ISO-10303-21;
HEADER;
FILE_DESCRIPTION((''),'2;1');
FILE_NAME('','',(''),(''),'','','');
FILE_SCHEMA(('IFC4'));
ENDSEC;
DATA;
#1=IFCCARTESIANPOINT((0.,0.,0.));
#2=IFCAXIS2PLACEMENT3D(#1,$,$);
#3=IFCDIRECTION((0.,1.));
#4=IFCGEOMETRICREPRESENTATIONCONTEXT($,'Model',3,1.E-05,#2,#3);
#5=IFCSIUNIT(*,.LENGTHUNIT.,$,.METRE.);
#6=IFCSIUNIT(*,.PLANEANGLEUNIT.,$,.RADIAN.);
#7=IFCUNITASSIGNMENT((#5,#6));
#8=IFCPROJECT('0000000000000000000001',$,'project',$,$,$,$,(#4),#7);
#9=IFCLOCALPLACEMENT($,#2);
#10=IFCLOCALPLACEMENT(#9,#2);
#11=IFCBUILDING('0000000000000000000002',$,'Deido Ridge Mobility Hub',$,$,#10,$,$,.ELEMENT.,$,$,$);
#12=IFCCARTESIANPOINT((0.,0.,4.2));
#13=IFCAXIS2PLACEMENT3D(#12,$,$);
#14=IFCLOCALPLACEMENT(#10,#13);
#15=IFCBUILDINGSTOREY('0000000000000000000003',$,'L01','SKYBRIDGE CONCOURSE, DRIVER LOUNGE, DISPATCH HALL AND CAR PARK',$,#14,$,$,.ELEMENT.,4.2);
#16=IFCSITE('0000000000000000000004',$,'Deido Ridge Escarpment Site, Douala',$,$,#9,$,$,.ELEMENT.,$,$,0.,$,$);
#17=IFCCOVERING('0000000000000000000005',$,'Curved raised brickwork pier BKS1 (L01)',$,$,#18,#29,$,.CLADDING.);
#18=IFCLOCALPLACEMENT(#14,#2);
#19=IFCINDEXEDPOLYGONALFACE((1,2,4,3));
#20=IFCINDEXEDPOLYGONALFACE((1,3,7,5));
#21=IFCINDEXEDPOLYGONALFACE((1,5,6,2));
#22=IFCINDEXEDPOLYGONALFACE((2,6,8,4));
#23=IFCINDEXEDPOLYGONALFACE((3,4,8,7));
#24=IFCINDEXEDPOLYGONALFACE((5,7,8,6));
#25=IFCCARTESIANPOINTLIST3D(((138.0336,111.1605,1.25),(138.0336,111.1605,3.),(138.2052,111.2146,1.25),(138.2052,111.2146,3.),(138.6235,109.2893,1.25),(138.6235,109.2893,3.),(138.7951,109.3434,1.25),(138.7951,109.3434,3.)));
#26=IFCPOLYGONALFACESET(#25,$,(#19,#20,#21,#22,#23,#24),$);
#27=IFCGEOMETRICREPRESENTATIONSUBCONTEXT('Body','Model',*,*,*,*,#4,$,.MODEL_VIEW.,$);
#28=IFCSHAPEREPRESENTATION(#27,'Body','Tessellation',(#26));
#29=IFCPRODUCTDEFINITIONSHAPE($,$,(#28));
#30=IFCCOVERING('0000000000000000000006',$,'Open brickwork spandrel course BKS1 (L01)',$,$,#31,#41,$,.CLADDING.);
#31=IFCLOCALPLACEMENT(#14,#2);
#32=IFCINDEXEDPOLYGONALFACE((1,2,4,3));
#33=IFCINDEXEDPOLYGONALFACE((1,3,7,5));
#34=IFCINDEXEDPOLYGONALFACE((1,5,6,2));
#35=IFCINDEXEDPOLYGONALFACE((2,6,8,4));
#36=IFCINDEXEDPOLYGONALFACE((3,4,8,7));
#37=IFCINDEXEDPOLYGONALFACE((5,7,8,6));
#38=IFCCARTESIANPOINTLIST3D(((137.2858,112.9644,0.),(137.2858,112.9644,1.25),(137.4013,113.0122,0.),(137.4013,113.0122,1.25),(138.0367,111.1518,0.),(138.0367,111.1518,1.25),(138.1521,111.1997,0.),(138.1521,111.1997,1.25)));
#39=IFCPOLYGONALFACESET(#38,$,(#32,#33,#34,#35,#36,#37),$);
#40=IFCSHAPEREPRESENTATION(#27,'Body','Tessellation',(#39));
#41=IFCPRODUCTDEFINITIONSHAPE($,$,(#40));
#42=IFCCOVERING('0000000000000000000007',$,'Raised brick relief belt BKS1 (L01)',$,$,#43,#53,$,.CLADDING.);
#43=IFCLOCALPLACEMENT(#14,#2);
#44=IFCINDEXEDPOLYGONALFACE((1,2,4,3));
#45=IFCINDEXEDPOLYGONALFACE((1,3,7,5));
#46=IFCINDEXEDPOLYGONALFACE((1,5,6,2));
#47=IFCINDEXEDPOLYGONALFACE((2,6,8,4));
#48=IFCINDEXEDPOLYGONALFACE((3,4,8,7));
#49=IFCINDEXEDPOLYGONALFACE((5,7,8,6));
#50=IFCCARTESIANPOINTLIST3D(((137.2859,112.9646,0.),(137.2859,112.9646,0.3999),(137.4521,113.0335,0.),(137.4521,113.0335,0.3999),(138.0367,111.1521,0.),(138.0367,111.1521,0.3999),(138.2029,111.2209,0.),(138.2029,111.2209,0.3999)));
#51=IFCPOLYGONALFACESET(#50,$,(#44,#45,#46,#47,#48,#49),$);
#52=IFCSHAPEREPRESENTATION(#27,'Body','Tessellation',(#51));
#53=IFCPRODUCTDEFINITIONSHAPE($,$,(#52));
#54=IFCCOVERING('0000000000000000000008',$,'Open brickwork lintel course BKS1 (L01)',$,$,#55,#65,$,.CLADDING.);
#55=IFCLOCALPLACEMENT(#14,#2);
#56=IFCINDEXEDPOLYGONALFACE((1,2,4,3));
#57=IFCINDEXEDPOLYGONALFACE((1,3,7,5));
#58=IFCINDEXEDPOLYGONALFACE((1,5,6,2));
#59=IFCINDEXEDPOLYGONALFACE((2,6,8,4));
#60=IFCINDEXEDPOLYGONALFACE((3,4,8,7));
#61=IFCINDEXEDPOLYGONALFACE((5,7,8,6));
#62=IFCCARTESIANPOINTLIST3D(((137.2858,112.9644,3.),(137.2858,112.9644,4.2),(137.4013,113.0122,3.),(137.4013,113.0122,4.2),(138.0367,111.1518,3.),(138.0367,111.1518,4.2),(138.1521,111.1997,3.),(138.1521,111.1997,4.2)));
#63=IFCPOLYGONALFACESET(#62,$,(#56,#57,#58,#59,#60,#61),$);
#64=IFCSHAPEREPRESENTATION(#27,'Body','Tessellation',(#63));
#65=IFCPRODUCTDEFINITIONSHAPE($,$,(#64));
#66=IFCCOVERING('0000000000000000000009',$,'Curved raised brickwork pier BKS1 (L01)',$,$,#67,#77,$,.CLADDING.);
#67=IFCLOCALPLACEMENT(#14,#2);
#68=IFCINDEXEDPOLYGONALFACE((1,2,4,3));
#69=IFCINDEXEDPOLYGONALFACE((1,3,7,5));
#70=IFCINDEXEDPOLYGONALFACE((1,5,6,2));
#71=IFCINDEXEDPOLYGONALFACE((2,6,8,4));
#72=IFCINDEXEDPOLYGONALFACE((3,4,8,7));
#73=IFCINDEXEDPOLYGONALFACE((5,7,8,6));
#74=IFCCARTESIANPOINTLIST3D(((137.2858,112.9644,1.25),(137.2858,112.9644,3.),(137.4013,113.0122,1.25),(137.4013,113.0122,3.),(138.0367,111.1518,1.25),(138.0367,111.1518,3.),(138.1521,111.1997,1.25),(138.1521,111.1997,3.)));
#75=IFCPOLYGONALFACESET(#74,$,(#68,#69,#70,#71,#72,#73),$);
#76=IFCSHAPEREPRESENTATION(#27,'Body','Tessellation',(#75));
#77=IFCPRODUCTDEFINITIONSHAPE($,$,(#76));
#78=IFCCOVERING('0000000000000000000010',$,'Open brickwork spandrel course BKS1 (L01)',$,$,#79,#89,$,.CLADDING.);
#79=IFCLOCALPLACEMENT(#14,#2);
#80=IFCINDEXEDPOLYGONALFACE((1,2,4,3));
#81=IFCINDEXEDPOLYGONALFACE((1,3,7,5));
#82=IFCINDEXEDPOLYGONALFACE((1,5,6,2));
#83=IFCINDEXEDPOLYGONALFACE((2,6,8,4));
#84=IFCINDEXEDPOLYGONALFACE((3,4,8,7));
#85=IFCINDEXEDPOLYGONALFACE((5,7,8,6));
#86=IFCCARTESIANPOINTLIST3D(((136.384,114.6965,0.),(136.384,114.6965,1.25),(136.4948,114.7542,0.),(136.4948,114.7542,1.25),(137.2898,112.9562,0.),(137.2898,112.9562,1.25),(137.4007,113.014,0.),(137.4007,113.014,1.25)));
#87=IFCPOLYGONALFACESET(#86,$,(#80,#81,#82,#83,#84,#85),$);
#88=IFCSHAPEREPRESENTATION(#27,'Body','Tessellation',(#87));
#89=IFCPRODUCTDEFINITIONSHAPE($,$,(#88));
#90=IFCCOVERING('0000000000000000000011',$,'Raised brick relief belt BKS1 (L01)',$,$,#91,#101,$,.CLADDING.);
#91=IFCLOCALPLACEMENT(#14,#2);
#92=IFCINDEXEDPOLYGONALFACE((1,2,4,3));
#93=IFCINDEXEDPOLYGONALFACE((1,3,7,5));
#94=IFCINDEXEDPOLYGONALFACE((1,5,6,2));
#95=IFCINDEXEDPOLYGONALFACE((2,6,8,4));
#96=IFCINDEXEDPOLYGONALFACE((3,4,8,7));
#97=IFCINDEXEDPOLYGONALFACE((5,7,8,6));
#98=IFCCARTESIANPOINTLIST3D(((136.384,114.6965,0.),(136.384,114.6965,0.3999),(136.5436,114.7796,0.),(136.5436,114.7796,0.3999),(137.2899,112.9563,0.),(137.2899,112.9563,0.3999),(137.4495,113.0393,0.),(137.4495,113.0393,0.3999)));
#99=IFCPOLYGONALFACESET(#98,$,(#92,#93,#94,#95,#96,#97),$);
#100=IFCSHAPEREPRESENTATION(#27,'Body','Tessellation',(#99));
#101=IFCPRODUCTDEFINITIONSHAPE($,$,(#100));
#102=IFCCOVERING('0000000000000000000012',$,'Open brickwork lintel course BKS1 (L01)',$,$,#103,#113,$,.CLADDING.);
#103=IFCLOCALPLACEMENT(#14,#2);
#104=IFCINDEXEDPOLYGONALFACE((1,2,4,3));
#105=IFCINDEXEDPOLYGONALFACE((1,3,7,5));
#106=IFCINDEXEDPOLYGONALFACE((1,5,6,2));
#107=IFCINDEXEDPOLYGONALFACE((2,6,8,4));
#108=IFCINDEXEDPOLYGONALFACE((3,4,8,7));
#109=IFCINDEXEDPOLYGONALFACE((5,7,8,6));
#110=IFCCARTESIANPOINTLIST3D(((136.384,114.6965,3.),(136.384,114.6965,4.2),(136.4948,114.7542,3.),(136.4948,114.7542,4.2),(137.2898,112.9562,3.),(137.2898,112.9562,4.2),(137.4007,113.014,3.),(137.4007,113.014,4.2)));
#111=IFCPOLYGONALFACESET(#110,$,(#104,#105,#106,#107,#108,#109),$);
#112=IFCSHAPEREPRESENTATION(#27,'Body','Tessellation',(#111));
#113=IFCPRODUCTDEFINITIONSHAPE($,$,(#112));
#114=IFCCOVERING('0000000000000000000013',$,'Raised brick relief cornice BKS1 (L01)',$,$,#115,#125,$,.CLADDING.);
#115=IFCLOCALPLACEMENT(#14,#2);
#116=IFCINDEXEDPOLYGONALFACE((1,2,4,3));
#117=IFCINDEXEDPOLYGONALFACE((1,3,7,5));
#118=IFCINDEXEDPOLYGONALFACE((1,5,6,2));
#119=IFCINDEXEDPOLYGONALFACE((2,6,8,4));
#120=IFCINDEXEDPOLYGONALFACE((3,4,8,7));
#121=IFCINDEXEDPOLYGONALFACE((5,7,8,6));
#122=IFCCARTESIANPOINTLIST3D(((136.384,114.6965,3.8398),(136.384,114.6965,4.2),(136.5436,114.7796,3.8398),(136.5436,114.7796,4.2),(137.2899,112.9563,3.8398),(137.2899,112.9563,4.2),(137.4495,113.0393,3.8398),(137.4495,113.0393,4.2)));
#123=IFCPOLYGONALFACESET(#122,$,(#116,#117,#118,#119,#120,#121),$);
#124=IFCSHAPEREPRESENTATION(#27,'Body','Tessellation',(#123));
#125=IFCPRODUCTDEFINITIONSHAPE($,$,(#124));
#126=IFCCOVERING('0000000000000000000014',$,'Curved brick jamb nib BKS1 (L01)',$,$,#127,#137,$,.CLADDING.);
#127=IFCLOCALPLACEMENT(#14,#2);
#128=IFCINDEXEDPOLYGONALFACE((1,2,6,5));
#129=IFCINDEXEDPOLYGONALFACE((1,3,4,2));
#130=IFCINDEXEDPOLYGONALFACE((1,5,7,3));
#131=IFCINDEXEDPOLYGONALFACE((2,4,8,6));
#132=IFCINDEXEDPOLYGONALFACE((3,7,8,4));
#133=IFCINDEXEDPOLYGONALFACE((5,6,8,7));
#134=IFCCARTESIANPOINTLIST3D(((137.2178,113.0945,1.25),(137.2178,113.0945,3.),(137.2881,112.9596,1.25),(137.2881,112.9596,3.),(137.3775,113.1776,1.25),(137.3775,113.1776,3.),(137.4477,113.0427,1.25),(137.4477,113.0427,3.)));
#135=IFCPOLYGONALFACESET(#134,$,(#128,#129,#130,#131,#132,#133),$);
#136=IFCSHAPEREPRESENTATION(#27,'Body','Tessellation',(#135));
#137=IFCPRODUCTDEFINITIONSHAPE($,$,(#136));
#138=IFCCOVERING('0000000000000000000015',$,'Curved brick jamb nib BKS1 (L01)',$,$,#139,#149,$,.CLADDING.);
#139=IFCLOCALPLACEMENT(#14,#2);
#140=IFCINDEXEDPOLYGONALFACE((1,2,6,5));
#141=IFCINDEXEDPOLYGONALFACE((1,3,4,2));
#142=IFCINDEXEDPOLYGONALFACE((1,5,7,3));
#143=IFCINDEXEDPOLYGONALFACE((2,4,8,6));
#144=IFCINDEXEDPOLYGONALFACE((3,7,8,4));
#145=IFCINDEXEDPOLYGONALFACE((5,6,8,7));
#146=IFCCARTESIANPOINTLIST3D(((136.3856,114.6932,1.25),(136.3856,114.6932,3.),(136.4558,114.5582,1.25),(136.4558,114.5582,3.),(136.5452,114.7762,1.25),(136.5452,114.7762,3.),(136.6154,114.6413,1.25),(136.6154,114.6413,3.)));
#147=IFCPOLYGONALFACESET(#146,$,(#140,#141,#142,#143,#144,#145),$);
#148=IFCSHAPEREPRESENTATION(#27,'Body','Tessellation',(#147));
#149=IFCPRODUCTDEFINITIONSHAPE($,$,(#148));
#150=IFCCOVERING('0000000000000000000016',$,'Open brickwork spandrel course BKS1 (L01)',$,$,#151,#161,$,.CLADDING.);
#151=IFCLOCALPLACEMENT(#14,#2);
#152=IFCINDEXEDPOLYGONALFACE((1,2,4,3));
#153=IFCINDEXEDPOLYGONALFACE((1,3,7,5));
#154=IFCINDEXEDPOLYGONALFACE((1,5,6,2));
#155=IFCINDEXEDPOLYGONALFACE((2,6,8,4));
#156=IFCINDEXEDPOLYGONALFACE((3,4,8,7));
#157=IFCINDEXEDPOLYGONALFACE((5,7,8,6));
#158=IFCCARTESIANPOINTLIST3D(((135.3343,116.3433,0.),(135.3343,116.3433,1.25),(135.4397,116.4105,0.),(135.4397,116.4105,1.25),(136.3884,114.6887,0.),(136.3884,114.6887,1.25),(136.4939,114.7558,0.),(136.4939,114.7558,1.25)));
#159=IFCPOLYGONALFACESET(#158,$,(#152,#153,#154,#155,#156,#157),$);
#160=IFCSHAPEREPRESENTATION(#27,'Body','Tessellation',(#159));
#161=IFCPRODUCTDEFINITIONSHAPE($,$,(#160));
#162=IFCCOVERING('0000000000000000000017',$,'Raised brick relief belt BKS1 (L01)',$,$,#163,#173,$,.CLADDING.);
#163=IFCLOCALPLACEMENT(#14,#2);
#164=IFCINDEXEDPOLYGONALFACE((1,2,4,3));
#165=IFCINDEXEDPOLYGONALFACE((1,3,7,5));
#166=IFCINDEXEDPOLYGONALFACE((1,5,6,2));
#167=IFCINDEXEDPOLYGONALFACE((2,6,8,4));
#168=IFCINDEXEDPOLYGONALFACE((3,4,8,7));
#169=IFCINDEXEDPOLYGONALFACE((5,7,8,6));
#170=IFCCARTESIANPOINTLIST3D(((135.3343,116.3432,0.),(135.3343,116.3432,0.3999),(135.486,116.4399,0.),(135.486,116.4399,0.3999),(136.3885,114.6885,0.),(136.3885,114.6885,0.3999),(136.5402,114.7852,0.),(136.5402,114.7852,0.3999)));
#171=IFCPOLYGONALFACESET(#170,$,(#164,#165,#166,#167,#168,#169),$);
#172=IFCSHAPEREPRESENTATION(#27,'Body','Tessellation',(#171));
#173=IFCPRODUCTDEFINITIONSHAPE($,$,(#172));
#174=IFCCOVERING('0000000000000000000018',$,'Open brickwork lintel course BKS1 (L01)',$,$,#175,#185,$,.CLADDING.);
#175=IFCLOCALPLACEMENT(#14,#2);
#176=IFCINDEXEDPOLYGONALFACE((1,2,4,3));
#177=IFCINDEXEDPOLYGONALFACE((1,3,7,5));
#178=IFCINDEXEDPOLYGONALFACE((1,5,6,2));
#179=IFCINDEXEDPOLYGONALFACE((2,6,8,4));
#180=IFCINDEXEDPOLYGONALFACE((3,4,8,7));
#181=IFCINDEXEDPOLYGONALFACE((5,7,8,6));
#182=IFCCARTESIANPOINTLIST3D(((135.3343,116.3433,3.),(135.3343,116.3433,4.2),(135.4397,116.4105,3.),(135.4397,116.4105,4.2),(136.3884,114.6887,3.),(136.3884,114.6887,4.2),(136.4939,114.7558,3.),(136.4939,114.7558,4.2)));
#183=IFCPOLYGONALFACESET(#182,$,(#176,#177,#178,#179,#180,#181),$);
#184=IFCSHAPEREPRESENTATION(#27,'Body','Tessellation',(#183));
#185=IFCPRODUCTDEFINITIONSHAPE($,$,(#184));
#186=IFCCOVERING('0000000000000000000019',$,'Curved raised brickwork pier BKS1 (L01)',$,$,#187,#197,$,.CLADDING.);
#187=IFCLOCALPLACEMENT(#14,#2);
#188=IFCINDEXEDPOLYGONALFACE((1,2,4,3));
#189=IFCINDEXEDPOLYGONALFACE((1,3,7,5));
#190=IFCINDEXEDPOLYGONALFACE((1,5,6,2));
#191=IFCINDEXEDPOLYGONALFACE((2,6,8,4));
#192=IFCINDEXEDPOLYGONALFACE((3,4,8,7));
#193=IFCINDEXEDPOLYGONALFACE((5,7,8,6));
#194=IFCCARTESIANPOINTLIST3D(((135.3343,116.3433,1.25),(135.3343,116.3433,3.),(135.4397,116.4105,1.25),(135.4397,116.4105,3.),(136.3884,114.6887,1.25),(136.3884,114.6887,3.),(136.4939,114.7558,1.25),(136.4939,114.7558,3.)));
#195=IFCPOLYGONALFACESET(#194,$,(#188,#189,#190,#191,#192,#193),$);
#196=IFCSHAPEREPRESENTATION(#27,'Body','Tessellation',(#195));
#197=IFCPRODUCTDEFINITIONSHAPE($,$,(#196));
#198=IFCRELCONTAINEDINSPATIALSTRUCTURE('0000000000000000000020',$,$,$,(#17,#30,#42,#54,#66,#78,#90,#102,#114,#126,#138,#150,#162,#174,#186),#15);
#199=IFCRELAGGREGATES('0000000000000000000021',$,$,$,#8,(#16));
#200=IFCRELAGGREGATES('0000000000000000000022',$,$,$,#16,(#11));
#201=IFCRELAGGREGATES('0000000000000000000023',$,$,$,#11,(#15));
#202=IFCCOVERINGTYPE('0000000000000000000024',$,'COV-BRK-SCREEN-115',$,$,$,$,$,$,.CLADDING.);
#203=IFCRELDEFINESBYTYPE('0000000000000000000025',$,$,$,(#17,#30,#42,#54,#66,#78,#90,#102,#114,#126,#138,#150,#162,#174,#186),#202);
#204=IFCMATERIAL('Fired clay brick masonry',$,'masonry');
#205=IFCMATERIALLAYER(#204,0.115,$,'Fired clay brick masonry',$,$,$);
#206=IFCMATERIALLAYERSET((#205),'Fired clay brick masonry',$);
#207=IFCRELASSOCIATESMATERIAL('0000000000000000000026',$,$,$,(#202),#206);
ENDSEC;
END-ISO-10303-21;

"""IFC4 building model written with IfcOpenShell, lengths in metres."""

from ifc_helpers import new_model, si_unit, direction, frame, origin, origin_2d, place, context, subcontext, project, spatial, rectangle, extrude, material, layer, layer_set, type_object, element, save


model = new_model("IFC4")

# Units and contexts
model_context = context("Model", 3, precision=1e-05, world=origin(), true_north=direction((0.0, 1.0)))
body_context = subcontext(model_context, "Body", "Model", "MODEL_VIEW")
ifc_project = project(units=[si_unit("LENGTHUNIT", "METRE"), si_unit("PLANEANGLEUNIT", "RADIAN")], contexts=[model_context])

# Site, building, storey
site_placement = place(None, origin())
site = spatial("IfcSite", under=ifc_project, at=site_placement, Name="Deido Ridge Escarpment Site, Douala", CompositionType="ELEMENT", RefElevation=0.0)
building_placement = place(site_placement, origin())
building = spatial("IfcBuilding", under=site, at=building_placement, Name="Deido Ridge Mobility Hub", CompositionType="ELEMENT")
storey_placement = place(building_placement, frame((0.0, 0.0, 4.2)))
storey = spatial("IfcBuildingStorey", under=building, at=storey_placement, Name="L01", Description="SKYBRIDGE CONCOURSE, DRIVER LOUNGE, DISPATCH HALL AND CAR PARK", CompositionType="ELEMENT", Elevation=4.2)

# Coverings
ifc_material_1 = material(Name="Fired clay brick masonry", Category="masonry")
ifc_layer = layer(ifc_material_1, 0.115, Name="Fired clay brick masonry")
ifc_layer_set = layer_set([ifc_layer], Name="Fired clay brick masonry")
covering_type = type_object("IfcCoveringType", Name="COV-BRK-SCREEN-115", PredefinedType="CLADDING", material=ifc_layer_set)
covering_1_placement = place(storey_placement, frame((138.4143, 110.252, 1.25), z_axis=(0.0, 0.0, 1.0), x_axis=(-0.300673, 0.953727, 0.0)))
element("IfcCovering", 1, at=covering_1_placement, inside=storey, type_object=covering_type, Name="Curved raised brickwork pier BKS1 (L01)", PredefinedType="CLADDING", context=body_context, shape_type="SweptSolid", body=[
    extrude(rectangle(XDim=1.9619, YDim=0.1799, at=origin_2d()), origin(), (0.0, 0.0, 1.0), 1.75),
])
covering_2_placement = place(storey_placement, frame((137.719, 112.082, 0.0), z_axis=(0.0, 0.0, 1.0), x_axis=(-0.3827, 0.923873, 0.0)))
element("IfcCovering", 2, at=covering_2_placement, inside=storey, type_object=covering_type, Name="Open brickwork spandrel course BKS1 (L01)", PredefinedType="CLADDING", context=body_context, shape_type="SweptSolid", body=[
    extrude(rectangle(XDim=1.9619, YDim=0.125, at=origin_2d()), origin(), (0.0, 0.0, 1.0), 1.25),
])
covering_3_placement = place(storey_placement, frame((137.7444, 112.0928, 0.0), z_axis=(0.0, 0.0, 1.0), x_axis=(-0.3827, 0.923873, 0.0)))
element("IfcCovering", 3, at=covering_3_placement, inside=storey, type_object=covering_type, Name="Raised brick relief belt BKS1 (L01)", PredefinedType="CLADDING", context=body_context, shape_type="SweptSolid", body=[
    extrude(rectangle(XDim=1.9619, YDim=0.1799, at=origin_2d()), origin(), (0.0, 0.0, 1.0), 0.3999),
])
covering_4_placement = place(storey_placement, frame((137.719, 112.082, 3.0), z_axis=(0.0, 0.0, 1.0), x_axis=(-0.3827, 0.923873, 0.0)))
element("IfcCovering", 4, at=covering_4_placement, inside=storey, type_object=covering_type, Name="Open brickwork lintel course BKS1 (L01)", PredefinedType="CLADDING", context=body_context, shape_type="SweptSolid", body=[
    extrude(rectangle(XDim=1.9619, YDim=0.125, at=origin_2d()), origin(), (0.0, 0.0, 1.0), 1.2),
])
covering_5_placement = place(storey_placement, frame((137.719, 112.082, 1.25), z_axis=(0.0, 0.0, 1.0), x_axis=(-0.3827, 0.923873, 0.0)))
element("IfcCovering", 5, at=covering_5_placement, inside=storey, type_object=covering_type, Name="Curved raised brickwork pier BKS1 (L01)", PredefinedType="CLADDING", context=body_context, shape_type="SweptSolid", body=[
    extrude(rectangle(XDim=1.9619, YDim=0.125, at=origin_2d()), origin(), (0.0, 0.0, 1.0), 1.75),
])
covering_6_placement = place(storey_placement, frame((136.8923, 113.8552, 0.0), z_axis=(0.0, 0.0, 1.0), x_axis=(-0.461733, 0.887019, 0.0)))
element("IfcCovering", 6, at=covering_6_placement, inside=storey, type_object=covering_type, Name="Open brickwork spandrel course BKS1 (L01)", PredefinedType="CLADDING", context=body_context, shape_type="SweptSolid", body=[
    extrude(rectangle(XDim=1.9619, YDim=0.125, at=origin_2d()), origin(), (0.0, 0.0, 1.0), 1.25),
])
covering_7_placement = place(storey_placement, frame((136.9167, 113.8679, 0.0), z_axis=(0.0, 0.0, 1.0), x_axis=(-0.461733, 0.887019, 0.0)))
element("IfcCovering", 7, at=covering_7_placement, inside=storey, type_object=covering_type, Name="Raised brick relief belt BKS1 (L01)", PredefinedType="CLADDING", context=body_context, shape_type="SweptSolid", body=[
    extrude(rectangle(XDim=1.9619, YDim=0.1799, at=origin_2d()), origin(), (0.0, 0.0, 1.0), 0.3999),
])
covering_8_placement = place(storey_placement, frame((136.8923, 113.8552, 3.0), z_axis=(0.0, 0.0, 1.0), x_axis=(-0.461733, 0.887019, 0.0)))
element("IfcCovering", 8, at=covering_8_placement, inside=storey, type_object=covering_type, Name="Open brickwork lintel course BKS1 (L01)", PredefinedType="CLADDING", context=body_context, shape_type="SweptSolid", body=[
    extrude(rectangle(XDim=1.9619, YDim=0.125, at=origin_2d()), origin(), (0.0, 0.0, 1.0), 1.2),
])
covering_9_placement = place(storey_placement, frame((136.9167, 113.8679, 3.8398), z_axis=(0.0, 0.0, 1.0), x_axis=(-0.461733, 0.887019, 0.0)))
element("IfcCovering", 9, at=covering_9_placement, inside=storey, type_object=covering_type, Name="Raised brick relief cornice BKS1 (L01)", PredefinedType="CLADDING", context=body_context, shape_type="SweptSolid", body=[
    extrude(rectangle(XDim=1.9619, YDim=0.1799, at=origin_2d()), origin(), (0.0, 0.0, 1.0), 0.3601),
])
for number, where, z_axis, x_axis, name in (
    (10, (137.3328, 113.0686, 1.25), (0.0, 0.0, 1.0), (-0.461733, 0.887019, 0.0), "Curved brick jamb nib BKS1 (L01)"),
    (11, (136.5005, 114.6672, 1.25), (0.0, 0.0, 1.0), (-0.461733, 0.887019, 0.0), "Curved brick jamb nib BKS1 (L01)"),
):
    element("IfcCovering", number, at=place(storey_placement, frame(where, z_axis=z_axis, x_axis=x_axis)), inside=storey, type_object=covering_type, Name=name, PredefinedType="CLADDING", context=body_context, shape_type="SweptSolid", body=[
        extrude(rectangle(XDim=0.1521, YDim=0.1799, at=origin_2d()), origin(), (0.0, 0.0, 1.0), 1.75),
    ])
covering_10_placement = place(storey_placement, frame((135.9141, 115.5496, 0.0), z_axis=(0.0, 0.0, 1.0), x_axis=(-0.537314, 0.843382, 0.0)))
element("IfcCovering", 12, at=covering_10_placement, inside=storey, type_object=covering_type, Name="Open brickwork spandrel course BKS1 (L01)", PredefinedType="CLADDING", context=body_context, shape_type="SweptSolid", body=[
    extrude(rectangle(XDim=1.9619, YDim=0.125, at=origin_2d()), origin(), (0.0, 0.0, 1.0), 1.25),
])
covering_11_placement = place(storey_placement, frame((135.9373, 115.5642, 0.0), z_axis=(0.0, 0.0, 1.0), x_axis=(-0.537314, 0.843382, 0.0)))
element("IfcCovering", 13, at=covering_11_placement, inside=storey, type_object=covering_type, Name="Raised brick relief belt BKS1 (L01)", PredefinedType="CLADDING", context=body_context, shape_type="SweptSolid", body=[
    extrude(rectangle(XDim=1.9619, YDim=0.1799, at=origin_2d()), origin(), (0.0, 0.0, 1.0), 0.3999),
])
covering_12_placement = place(storey_placement, frame((135.9141, 115.5496, 3.0), z_axis=(0.0, 0.0, 1.0), x_axis=(-0.537314, 0.843382, 0.0)))
element("IfcCovering", 14, at=covering_12_placement, inside=storey, type_object=covering_type, Name="Open brickwork lintel course BKS1 (L01)", PredefinedType="CLADDING", context=body_context, shape_type="SweptSolid", body=[
    extrude(rectangle(XDim=1.9619, YDim=0.125, at=origin_2d()), origin(), (0.0, 0.0, 1.0), 1.2),
])
covering_13_placement = place(storey_placement, frame((135.9141, 115.5496, 1.25), z_axis=(0.0, 0.0, 1.0), x_axis=(-0.537314, 0.843382, 0.0)))
element("IfcCovering", 15, at=covering_13_placement, inside=storey, type_object=covering_type, Name="Curved raised brickwork pier BKS1 (L01)", PredefinedType="CLADDING", context=body_context, shape_type="SweptSolid", body=[
    extrude(rectangle(XDim=1.9619, YDim=0.125, at=origin_2d()), origin(), (0.0, 0.0, 1.0), 1.75),
])

save(model, "model.ifc")
